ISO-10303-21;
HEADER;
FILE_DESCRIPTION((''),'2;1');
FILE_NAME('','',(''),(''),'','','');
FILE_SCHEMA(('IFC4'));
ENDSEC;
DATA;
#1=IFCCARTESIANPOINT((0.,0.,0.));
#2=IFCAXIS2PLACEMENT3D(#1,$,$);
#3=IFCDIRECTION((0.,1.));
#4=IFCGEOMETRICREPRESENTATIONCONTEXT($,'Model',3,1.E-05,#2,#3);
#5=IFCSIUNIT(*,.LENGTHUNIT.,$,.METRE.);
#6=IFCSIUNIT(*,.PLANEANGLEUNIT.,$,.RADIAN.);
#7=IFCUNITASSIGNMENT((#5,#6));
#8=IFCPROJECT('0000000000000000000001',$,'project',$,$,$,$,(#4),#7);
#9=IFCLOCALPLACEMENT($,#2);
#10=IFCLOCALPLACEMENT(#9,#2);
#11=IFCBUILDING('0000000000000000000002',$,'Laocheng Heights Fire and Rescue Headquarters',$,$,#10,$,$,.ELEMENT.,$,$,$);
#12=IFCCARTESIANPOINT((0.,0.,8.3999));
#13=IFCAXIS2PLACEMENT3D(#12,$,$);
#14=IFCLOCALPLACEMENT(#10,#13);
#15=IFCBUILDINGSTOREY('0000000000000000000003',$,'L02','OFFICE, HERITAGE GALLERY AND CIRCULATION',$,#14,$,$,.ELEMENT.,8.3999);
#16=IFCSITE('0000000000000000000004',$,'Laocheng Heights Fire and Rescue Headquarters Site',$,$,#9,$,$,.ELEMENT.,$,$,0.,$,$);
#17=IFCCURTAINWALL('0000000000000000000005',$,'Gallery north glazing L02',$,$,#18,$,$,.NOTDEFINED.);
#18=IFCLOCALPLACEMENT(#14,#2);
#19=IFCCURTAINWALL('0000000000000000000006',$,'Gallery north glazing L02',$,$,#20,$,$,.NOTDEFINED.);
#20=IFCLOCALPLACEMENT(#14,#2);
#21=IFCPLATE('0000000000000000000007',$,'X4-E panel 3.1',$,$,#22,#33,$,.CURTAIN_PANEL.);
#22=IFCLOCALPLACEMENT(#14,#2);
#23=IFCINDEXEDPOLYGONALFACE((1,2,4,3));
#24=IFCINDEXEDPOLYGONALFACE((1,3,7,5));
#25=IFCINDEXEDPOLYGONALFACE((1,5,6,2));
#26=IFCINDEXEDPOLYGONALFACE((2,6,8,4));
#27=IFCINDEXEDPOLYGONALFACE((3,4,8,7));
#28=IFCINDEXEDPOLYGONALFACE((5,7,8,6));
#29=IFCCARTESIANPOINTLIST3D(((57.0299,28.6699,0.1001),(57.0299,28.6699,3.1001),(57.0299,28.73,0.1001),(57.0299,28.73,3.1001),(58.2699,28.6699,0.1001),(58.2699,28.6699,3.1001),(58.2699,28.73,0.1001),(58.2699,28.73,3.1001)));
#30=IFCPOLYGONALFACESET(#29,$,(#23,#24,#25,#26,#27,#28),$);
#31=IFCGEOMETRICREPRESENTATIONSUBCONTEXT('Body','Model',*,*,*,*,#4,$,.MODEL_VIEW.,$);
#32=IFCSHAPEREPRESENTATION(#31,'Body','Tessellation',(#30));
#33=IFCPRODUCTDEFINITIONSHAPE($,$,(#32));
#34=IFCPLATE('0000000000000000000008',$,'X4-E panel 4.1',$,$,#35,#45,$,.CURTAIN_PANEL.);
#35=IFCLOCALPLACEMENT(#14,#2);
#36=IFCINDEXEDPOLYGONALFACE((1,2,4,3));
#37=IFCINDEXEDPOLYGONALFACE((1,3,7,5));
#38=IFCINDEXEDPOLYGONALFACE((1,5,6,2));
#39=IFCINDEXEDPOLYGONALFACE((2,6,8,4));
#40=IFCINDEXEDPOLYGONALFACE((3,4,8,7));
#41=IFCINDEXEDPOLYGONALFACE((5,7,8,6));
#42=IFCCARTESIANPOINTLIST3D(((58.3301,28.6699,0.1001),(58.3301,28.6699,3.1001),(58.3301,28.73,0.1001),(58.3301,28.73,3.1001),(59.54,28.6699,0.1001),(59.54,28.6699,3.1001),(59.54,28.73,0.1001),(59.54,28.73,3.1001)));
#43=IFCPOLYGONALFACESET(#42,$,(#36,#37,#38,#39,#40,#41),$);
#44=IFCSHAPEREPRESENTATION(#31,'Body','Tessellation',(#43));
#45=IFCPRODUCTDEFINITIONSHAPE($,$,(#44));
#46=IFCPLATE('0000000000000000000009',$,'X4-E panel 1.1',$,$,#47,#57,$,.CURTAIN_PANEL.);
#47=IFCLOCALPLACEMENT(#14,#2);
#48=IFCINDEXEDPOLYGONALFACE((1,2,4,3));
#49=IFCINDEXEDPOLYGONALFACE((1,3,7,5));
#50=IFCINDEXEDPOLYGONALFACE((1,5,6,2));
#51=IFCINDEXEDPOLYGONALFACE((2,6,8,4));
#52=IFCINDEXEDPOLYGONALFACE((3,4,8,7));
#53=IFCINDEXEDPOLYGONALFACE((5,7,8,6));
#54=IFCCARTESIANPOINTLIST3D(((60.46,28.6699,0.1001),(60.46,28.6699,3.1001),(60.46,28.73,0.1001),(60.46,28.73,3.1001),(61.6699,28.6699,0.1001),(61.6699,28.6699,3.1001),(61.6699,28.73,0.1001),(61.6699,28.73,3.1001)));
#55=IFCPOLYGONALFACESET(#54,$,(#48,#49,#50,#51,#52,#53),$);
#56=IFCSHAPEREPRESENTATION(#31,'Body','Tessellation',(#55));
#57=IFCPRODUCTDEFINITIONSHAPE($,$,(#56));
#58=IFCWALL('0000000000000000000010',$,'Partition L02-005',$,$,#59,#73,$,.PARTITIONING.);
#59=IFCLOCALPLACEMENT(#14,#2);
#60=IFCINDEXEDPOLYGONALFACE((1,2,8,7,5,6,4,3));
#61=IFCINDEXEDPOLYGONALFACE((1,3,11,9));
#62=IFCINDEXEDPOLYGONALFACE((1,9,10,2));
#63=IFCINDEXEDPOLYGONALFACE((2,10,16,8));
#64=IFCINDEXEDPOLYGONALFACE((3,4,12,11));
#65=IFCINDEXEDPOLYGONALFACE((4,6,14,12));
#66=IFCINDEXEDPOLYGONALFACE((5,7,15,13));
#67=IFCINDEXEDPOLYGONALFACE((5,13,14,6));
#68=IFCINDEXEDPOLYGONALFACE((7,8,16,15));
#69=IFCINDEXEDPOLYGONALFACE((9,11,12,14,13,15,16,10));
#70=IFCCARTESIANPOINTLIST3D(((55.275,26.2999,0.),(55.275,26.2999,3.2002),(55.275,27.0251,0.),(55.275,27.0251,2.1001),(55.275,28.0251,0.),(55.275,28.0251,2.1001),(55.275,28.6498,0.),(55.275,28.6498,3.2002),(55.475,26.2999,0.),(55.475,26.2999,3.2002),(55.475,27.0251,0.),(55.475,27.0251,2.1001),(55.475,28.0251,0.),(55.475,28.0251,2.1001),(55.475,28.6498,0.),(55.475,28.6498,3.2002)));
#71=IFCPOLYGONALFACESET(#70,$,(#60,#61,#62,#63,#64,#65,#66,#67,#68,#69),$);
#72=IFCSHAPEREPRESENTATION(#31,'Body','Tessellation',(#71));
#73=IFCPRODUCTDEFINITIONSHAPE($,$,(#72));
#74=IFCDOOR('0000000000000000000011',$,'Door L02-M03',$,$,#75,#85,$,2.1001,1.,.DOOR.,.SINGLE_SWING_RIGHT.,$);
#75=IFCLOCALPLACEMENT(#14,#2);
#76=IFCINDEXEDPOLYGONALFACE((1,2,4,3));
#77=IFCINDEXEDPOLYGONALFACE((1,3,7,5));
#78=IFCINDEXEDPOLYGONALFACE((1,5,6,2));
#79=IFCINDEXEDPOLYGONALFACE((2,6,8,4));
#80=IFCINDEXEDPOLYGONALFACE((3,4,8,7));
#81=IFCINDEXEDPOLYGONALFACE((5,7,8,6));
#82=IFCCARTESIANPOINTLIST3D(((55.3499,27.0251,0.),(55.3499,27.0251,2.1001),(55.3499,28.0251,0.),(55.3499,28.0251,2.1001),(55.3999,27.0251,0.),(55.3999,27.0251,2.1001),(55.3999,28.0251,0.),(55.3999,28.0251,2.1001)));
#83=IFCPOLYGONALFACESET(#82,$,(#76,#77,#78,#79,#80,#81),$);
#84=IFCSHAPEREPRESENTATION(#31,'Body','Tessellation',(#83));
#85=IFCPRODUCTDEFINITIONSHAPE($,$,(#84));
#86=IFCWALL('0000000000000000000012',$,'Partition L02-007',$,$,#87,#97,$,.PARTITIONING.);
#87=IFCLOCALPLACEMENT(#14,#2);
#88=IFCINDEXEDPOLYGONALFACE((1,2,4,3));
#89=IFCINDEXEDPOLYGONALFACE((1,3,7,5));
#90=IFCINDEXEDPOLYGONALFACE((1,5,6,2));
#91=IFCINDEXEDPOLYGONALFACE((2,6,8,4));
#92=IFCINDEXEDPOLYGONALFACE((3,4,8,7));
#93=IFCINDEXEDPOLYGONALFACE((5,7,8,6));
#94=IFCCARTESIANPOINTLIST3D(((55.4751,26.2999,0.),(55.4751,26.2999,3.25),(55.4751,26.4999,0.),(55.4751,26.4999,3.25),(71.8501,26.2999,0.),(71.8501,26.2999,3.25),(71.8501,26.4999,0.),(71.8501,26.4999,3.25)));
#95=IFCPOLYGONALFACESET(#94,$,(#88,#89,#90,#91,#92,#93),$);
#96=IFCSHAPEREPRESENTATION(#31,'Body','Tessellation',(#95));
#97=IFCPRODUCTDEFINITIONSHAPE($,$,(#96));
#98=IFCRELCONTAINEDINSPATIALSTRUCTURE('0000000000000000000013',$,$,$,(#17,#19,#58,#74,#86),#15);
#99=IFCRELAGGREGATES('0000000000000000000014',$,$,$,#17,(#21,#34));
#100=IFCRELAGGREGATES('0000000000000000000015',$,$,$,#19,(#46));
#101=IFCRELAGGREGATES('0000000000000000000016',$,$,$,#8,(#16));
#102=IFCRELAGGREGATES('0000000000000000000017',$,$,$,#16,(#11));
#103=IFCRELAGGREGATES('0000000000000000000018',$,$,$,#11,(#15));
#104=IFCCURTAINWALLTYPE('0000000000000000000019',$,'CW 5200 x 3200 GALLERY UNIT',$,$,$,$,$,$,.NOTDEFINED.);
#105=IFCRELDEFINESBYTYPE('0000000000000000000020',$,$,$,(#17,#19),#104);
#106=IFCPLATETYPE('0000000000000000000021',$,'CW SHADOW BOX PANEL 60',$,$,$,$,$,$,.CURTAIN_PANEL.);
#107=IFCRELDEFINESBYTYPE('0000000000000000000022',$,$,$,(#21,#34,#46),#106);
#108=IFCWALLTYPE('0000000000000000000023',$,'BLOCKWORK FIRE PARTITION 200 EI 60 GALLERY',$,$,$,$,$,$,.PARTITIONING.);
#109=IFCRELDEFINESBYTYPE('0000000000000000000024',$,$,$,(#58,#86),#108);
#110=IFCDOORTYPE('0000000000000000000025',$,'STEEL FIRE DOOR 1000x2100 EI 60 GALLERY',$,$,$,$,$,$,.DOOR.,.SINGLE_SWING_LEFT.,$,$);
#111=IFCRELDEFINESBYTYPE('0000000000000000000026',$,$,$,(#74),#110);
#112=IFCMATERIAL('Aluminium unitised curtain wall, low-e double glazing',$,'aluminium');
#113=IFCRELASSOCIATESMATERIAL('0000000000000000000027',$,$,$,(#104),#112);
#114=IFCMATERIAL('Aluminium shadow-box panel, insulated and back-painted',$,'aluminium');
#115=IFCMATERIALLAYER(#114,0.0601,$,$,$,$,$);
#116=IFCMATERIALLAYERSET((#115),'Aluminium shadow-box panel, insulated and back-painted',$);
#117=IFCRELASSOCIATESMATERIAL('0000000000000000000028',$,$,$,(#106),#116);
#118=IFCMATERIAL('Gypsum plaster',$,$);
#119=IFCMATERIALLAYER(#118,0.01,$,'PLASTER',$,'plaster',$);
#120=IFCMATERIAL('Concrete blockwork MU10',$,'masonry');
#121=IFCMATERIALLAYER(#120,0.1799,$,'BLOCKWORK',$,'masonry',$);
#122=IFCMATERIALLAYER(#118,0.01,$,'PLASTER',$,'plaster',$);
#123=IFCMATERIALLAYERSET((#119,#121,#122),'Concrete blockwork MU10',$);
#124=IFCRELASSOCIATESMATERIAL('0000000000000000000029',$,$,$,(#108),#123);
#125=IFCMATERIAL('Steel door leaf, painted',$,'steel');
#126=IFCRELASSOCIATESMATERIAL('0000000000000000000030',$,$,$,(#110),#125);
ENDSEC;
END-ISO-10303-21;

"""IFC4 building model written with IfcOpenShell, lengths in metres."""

from ifc_helpers import new_model, si_unit, direction, frame, frame_2d, origin, origin_2d, place, context, subcontext, project, spatial, rectangle, extrude, material, layer, layer_set, type_object, element, fill, aggregate, save


model = new_model("IFC4")

# Units and contexts
model_context = context("Model", 3, precision=1e-05, world=origin(), true_north=direction((0.0, 1.0)))
body_context = subcontext(model_context, "Body", "Model", "MODEL_VIEW")
ifc_project = project(units=[si_unit("LENGTHUNIT", "METRE"), si_unit("PLANEANGLEUNIT", "RADIAN")], contexts=[model_context])

# Site, building, storey
site_placement = place(None, origin())
site = spatial("IfcSite", under=ifc_project, at=site_placement, Name="Laocheng Heights Fire and Rescue Headquarters Site", CompositionType="ELEMENT", RefElevation=0.0)
building_placement = place(site_placement, origin())
building = spatial("IfcBuilding", under=site, at=building_placement, Name="Laocheng Heights Fire and Rescue Headquarters", CompositionType="ELEMENT")
storey_placement = place(building_placement, frame((0.0, 0.0, 8.3999)))
storey = spatial("IfcBuildingStorey", under=building, at=storey_placement, Name="L02", Description="OFFICE, HERITAGE GALLERY AND CIRCULATION", CompositionType="ELEMENT", Elevation=8.3999)

# Shared definitions
ifc_material_1 = material(Name="Aluminium unitised curtain wall, low-e double glazing", Category="aluminium")
curtain_wall_type = type_object("IfcCurtainWallType", Name="CW 5200 x 3200 GALLERY UNIT", PredefinedType="NOTDEFINED", material=ifc_material_1)

# Curtain walls
curtain_wall_1_placement = place(storey_placement, origin())
curtain_wall_1 = element("IfcCurtainWall", 1, at=curtain_wall_1_placement, inside=storey, type_object=curtain_wall_type, Name="Gallery north glazing L02", PredefinedType="NOTDEFINED")
curtain_wall_2_placement = place(storey_placement, origin())
curtain_wall_2 = element("IfcCurtainWall", 2, at=curtain_wall_2_placement, inside=storey, type_object=curtain_wall_type, Name="Gallery north glazing L02", PredefinedType="NOTDEFINED")

# Plates
ifc_material_2 = material(Name="Aluminium shadow-box panel, insulated and back-painted", Category="aluminium")
ifc_layer_1 = layer(ifc_material_2, 0.0601)
ifc_layer_set_1 = layer_set([ifc_layer_1], Name="Aluminium shadow-box panel, insulated and back-painted")
plate_type = type_object("IfcPlateType", Name="CW SHADOW BOX PANEL 60", PredefinedType="CURTAIN_PANEL", material=ifc_layer_set_1)
plate_1_placement = place(storey_placement, frame((57.6499, 28.7, 0.1001), z_axis=(0.0, 0.0, 1.0), x_axis=(1.0, 0.0, 0.0)))
plate_1 = element("IfcPlate", 3, at=plate_1_placement, type_object=plate_type, Name="X4-E panel 3.1", PredefinedType="CURTAIN_PANEL", context=body_context, shape_type="SweptSolid", body=[
    extrude(rectangle(XDim=1.24, YDim=0.0601, at=origin_2d()), origin(), (0.0, 0.0, 1.0), 3.0),
])
plate_2_placement = place(storey_placement, frame((58.9351, 28.7, 0.1001), z_axis=(0.0, 0.0, 1.0), x_axis=(1.0, 0.0, 0.0)))
plate_2 = element("IfcPlate", 4, at=plate_2_placement, type_object=plate_type, Name="X4-E panel 4.1", PredefinedType="CURTAIN_PANEL", context=body_context, shape_type="SweptSolid", body=[
    extrude(rectangle(XDim=1.21, YDim=0.0601, at=origin_2d()), origin(), (0.0, 0.0, 1.0), 3.0),
])
aggregate(curtain_wall_1, [plate_1, plate_2])
plate_3_placement = place(storey_placement, frame((61.0649, 28.7, 0.1001), z_axis=(0.0, 0.0, 1.0), x_axis=(1.0, 0.0, 0.0)))
plate_3 = element("IfcPlate", 5, at=plate_3_placement, type_object=plate_type, Name="X4-E panel 1.1", PredefinedType="CURTAIN_PANEL", context=body_context, shape_type="SweptSolid", body=[
    extrude(rectangle(XDim=1.21, YDim=0.0601, at=origin_2d()), origin(), (0.0, 0.0, 1.0), 3.0),
])
aggregate(curtain_wall_2, [plate_3])

# Wall, opening, door
ifc_material_3 = material(Name="Gypsum plaster")
ifc_layer_2 = layer(ifc_material_3, 0.01, Name="PLASTER", Category="plaster")
ifc_material_4 = material(Name="Concrete blockwork MU10", Category="masonry")
ifc_layer_3 = layer(ifc_material_4, 0.1799, Name="BLOCKWORK", Category="masonry")
ifc_layer_4 = layer(ifc_material_3, 0.01, Name="PLASTER", Category="plaster")
ifc_layer_set_2 = layer_set([ifc_layer_2, ifc_layer_3, ifc_layer_4], Name="Concrete blockwork MU10")
wall_type = type_object("IfcWallType", Name="BLOCKWORK FIRE PARTITION 200 EI 60 GALLERY", PredefinedType="PARTITIONING", material=ifc_layer_set_2)
wall_1_placement = place(storey_placement, frame((55.375, 26.3, 0.0), z_axis=(0.0, 0.0, 1.0), x_axis=(0.0, 1.0, 0.0)))
wall_1 = element("IfcWall", 6, at=wall_1_placement, inside=storey, type_object=wall_type, Name="Partition L02-005", PredefinedType="PARTITIONING", context=body_context, shape_type="SweptSolid", body=[
    extrude(rectangle(XDim=2.3499, YDim=0.2, at=frame_2d((1.1748, 0.0))), origin(), (0.0, 0.0, 1.0), 3.2002),
])
opening_placement = place(wall_1_placement, frame((0.7251, 0.0, 0.0)))
opening = element("IfcOpeningElement", 7, at=opening_placement, cuts=wall_1, PredefinedType="OPENING", context=body_context, shape_type="SweptSolid", body=[
    extrude(rectangle(XDim=1.0, YDim=2.1001, at=frame_2d((0.5, 1.05))), frame((0.0, 0.1099, 0.0), z_axis=(0.0, -1.0, 0.0), x_axis=(1.0, 0.0, 0.0)), (0.0, 0.0, 1.0), 0.22),
])
ifc_material_5 = material(Name="Steel door leaf, painted", Category="steel")
door_type = type_object("IfcDoorType", Name="STEEL FIRE DOOR 1000x2100 EI 60 GALLERY", OperationType="SINGLE_SWING_LEFT", PredefinedType="DOOR", material=ifc_material_5)
door_placement = place(opening_placement, frame((1.0, 0.0, 0.0), z_axis=(0.0, 0.0, 1.0), x_axis=(-1.0, 0.0, 0.0)))
door = element("IfcDoor", 8, at=door_placement, inside=storey, type_object=door_type, Name="Door L02-M03", OperationType="SINGLE_SWING_RIGHT", OverallHeight=2.1001, OverallWidth=1.0, PredefinedType="DOOR", context=body_context, shape_type="SweptSolid", body=[
    extrude(rectangle(XDim=1.0, YDim=2.1001, at=frame_2d((0.5, 1.05))), frame((0.0, 0.0249, 0.0), z_axis=(0.0, -1.0, 0.0), x_axis=(1.0, 0.0, 0.0)), (0.0, 0.0, 1.0), 0.05),
])
fill(opening, door)

# Wall
wall_2_placement = place(storey_placement, frame((55.4751, 26.3999, 0.0), z_axis=(0.0, 0.0, 1.0), x_axis=(1.0, 0.0, 0.0)))
element("IfcWall", 9, at=wall_2_placement, inside=storey, type_object=wall_type, Name="Partition L02-007", PredefinedType="PARTITIONING", context=body_context, shape_type="SweptSolid", body=[
    extrude(rectangle(XDim=16.375, YDim=0.2, at=frame_2d((8.1875, 0.0))), origin(), (0.0, 0.0, 1.0), 3.25),
])

save(model, "model.ifc")
